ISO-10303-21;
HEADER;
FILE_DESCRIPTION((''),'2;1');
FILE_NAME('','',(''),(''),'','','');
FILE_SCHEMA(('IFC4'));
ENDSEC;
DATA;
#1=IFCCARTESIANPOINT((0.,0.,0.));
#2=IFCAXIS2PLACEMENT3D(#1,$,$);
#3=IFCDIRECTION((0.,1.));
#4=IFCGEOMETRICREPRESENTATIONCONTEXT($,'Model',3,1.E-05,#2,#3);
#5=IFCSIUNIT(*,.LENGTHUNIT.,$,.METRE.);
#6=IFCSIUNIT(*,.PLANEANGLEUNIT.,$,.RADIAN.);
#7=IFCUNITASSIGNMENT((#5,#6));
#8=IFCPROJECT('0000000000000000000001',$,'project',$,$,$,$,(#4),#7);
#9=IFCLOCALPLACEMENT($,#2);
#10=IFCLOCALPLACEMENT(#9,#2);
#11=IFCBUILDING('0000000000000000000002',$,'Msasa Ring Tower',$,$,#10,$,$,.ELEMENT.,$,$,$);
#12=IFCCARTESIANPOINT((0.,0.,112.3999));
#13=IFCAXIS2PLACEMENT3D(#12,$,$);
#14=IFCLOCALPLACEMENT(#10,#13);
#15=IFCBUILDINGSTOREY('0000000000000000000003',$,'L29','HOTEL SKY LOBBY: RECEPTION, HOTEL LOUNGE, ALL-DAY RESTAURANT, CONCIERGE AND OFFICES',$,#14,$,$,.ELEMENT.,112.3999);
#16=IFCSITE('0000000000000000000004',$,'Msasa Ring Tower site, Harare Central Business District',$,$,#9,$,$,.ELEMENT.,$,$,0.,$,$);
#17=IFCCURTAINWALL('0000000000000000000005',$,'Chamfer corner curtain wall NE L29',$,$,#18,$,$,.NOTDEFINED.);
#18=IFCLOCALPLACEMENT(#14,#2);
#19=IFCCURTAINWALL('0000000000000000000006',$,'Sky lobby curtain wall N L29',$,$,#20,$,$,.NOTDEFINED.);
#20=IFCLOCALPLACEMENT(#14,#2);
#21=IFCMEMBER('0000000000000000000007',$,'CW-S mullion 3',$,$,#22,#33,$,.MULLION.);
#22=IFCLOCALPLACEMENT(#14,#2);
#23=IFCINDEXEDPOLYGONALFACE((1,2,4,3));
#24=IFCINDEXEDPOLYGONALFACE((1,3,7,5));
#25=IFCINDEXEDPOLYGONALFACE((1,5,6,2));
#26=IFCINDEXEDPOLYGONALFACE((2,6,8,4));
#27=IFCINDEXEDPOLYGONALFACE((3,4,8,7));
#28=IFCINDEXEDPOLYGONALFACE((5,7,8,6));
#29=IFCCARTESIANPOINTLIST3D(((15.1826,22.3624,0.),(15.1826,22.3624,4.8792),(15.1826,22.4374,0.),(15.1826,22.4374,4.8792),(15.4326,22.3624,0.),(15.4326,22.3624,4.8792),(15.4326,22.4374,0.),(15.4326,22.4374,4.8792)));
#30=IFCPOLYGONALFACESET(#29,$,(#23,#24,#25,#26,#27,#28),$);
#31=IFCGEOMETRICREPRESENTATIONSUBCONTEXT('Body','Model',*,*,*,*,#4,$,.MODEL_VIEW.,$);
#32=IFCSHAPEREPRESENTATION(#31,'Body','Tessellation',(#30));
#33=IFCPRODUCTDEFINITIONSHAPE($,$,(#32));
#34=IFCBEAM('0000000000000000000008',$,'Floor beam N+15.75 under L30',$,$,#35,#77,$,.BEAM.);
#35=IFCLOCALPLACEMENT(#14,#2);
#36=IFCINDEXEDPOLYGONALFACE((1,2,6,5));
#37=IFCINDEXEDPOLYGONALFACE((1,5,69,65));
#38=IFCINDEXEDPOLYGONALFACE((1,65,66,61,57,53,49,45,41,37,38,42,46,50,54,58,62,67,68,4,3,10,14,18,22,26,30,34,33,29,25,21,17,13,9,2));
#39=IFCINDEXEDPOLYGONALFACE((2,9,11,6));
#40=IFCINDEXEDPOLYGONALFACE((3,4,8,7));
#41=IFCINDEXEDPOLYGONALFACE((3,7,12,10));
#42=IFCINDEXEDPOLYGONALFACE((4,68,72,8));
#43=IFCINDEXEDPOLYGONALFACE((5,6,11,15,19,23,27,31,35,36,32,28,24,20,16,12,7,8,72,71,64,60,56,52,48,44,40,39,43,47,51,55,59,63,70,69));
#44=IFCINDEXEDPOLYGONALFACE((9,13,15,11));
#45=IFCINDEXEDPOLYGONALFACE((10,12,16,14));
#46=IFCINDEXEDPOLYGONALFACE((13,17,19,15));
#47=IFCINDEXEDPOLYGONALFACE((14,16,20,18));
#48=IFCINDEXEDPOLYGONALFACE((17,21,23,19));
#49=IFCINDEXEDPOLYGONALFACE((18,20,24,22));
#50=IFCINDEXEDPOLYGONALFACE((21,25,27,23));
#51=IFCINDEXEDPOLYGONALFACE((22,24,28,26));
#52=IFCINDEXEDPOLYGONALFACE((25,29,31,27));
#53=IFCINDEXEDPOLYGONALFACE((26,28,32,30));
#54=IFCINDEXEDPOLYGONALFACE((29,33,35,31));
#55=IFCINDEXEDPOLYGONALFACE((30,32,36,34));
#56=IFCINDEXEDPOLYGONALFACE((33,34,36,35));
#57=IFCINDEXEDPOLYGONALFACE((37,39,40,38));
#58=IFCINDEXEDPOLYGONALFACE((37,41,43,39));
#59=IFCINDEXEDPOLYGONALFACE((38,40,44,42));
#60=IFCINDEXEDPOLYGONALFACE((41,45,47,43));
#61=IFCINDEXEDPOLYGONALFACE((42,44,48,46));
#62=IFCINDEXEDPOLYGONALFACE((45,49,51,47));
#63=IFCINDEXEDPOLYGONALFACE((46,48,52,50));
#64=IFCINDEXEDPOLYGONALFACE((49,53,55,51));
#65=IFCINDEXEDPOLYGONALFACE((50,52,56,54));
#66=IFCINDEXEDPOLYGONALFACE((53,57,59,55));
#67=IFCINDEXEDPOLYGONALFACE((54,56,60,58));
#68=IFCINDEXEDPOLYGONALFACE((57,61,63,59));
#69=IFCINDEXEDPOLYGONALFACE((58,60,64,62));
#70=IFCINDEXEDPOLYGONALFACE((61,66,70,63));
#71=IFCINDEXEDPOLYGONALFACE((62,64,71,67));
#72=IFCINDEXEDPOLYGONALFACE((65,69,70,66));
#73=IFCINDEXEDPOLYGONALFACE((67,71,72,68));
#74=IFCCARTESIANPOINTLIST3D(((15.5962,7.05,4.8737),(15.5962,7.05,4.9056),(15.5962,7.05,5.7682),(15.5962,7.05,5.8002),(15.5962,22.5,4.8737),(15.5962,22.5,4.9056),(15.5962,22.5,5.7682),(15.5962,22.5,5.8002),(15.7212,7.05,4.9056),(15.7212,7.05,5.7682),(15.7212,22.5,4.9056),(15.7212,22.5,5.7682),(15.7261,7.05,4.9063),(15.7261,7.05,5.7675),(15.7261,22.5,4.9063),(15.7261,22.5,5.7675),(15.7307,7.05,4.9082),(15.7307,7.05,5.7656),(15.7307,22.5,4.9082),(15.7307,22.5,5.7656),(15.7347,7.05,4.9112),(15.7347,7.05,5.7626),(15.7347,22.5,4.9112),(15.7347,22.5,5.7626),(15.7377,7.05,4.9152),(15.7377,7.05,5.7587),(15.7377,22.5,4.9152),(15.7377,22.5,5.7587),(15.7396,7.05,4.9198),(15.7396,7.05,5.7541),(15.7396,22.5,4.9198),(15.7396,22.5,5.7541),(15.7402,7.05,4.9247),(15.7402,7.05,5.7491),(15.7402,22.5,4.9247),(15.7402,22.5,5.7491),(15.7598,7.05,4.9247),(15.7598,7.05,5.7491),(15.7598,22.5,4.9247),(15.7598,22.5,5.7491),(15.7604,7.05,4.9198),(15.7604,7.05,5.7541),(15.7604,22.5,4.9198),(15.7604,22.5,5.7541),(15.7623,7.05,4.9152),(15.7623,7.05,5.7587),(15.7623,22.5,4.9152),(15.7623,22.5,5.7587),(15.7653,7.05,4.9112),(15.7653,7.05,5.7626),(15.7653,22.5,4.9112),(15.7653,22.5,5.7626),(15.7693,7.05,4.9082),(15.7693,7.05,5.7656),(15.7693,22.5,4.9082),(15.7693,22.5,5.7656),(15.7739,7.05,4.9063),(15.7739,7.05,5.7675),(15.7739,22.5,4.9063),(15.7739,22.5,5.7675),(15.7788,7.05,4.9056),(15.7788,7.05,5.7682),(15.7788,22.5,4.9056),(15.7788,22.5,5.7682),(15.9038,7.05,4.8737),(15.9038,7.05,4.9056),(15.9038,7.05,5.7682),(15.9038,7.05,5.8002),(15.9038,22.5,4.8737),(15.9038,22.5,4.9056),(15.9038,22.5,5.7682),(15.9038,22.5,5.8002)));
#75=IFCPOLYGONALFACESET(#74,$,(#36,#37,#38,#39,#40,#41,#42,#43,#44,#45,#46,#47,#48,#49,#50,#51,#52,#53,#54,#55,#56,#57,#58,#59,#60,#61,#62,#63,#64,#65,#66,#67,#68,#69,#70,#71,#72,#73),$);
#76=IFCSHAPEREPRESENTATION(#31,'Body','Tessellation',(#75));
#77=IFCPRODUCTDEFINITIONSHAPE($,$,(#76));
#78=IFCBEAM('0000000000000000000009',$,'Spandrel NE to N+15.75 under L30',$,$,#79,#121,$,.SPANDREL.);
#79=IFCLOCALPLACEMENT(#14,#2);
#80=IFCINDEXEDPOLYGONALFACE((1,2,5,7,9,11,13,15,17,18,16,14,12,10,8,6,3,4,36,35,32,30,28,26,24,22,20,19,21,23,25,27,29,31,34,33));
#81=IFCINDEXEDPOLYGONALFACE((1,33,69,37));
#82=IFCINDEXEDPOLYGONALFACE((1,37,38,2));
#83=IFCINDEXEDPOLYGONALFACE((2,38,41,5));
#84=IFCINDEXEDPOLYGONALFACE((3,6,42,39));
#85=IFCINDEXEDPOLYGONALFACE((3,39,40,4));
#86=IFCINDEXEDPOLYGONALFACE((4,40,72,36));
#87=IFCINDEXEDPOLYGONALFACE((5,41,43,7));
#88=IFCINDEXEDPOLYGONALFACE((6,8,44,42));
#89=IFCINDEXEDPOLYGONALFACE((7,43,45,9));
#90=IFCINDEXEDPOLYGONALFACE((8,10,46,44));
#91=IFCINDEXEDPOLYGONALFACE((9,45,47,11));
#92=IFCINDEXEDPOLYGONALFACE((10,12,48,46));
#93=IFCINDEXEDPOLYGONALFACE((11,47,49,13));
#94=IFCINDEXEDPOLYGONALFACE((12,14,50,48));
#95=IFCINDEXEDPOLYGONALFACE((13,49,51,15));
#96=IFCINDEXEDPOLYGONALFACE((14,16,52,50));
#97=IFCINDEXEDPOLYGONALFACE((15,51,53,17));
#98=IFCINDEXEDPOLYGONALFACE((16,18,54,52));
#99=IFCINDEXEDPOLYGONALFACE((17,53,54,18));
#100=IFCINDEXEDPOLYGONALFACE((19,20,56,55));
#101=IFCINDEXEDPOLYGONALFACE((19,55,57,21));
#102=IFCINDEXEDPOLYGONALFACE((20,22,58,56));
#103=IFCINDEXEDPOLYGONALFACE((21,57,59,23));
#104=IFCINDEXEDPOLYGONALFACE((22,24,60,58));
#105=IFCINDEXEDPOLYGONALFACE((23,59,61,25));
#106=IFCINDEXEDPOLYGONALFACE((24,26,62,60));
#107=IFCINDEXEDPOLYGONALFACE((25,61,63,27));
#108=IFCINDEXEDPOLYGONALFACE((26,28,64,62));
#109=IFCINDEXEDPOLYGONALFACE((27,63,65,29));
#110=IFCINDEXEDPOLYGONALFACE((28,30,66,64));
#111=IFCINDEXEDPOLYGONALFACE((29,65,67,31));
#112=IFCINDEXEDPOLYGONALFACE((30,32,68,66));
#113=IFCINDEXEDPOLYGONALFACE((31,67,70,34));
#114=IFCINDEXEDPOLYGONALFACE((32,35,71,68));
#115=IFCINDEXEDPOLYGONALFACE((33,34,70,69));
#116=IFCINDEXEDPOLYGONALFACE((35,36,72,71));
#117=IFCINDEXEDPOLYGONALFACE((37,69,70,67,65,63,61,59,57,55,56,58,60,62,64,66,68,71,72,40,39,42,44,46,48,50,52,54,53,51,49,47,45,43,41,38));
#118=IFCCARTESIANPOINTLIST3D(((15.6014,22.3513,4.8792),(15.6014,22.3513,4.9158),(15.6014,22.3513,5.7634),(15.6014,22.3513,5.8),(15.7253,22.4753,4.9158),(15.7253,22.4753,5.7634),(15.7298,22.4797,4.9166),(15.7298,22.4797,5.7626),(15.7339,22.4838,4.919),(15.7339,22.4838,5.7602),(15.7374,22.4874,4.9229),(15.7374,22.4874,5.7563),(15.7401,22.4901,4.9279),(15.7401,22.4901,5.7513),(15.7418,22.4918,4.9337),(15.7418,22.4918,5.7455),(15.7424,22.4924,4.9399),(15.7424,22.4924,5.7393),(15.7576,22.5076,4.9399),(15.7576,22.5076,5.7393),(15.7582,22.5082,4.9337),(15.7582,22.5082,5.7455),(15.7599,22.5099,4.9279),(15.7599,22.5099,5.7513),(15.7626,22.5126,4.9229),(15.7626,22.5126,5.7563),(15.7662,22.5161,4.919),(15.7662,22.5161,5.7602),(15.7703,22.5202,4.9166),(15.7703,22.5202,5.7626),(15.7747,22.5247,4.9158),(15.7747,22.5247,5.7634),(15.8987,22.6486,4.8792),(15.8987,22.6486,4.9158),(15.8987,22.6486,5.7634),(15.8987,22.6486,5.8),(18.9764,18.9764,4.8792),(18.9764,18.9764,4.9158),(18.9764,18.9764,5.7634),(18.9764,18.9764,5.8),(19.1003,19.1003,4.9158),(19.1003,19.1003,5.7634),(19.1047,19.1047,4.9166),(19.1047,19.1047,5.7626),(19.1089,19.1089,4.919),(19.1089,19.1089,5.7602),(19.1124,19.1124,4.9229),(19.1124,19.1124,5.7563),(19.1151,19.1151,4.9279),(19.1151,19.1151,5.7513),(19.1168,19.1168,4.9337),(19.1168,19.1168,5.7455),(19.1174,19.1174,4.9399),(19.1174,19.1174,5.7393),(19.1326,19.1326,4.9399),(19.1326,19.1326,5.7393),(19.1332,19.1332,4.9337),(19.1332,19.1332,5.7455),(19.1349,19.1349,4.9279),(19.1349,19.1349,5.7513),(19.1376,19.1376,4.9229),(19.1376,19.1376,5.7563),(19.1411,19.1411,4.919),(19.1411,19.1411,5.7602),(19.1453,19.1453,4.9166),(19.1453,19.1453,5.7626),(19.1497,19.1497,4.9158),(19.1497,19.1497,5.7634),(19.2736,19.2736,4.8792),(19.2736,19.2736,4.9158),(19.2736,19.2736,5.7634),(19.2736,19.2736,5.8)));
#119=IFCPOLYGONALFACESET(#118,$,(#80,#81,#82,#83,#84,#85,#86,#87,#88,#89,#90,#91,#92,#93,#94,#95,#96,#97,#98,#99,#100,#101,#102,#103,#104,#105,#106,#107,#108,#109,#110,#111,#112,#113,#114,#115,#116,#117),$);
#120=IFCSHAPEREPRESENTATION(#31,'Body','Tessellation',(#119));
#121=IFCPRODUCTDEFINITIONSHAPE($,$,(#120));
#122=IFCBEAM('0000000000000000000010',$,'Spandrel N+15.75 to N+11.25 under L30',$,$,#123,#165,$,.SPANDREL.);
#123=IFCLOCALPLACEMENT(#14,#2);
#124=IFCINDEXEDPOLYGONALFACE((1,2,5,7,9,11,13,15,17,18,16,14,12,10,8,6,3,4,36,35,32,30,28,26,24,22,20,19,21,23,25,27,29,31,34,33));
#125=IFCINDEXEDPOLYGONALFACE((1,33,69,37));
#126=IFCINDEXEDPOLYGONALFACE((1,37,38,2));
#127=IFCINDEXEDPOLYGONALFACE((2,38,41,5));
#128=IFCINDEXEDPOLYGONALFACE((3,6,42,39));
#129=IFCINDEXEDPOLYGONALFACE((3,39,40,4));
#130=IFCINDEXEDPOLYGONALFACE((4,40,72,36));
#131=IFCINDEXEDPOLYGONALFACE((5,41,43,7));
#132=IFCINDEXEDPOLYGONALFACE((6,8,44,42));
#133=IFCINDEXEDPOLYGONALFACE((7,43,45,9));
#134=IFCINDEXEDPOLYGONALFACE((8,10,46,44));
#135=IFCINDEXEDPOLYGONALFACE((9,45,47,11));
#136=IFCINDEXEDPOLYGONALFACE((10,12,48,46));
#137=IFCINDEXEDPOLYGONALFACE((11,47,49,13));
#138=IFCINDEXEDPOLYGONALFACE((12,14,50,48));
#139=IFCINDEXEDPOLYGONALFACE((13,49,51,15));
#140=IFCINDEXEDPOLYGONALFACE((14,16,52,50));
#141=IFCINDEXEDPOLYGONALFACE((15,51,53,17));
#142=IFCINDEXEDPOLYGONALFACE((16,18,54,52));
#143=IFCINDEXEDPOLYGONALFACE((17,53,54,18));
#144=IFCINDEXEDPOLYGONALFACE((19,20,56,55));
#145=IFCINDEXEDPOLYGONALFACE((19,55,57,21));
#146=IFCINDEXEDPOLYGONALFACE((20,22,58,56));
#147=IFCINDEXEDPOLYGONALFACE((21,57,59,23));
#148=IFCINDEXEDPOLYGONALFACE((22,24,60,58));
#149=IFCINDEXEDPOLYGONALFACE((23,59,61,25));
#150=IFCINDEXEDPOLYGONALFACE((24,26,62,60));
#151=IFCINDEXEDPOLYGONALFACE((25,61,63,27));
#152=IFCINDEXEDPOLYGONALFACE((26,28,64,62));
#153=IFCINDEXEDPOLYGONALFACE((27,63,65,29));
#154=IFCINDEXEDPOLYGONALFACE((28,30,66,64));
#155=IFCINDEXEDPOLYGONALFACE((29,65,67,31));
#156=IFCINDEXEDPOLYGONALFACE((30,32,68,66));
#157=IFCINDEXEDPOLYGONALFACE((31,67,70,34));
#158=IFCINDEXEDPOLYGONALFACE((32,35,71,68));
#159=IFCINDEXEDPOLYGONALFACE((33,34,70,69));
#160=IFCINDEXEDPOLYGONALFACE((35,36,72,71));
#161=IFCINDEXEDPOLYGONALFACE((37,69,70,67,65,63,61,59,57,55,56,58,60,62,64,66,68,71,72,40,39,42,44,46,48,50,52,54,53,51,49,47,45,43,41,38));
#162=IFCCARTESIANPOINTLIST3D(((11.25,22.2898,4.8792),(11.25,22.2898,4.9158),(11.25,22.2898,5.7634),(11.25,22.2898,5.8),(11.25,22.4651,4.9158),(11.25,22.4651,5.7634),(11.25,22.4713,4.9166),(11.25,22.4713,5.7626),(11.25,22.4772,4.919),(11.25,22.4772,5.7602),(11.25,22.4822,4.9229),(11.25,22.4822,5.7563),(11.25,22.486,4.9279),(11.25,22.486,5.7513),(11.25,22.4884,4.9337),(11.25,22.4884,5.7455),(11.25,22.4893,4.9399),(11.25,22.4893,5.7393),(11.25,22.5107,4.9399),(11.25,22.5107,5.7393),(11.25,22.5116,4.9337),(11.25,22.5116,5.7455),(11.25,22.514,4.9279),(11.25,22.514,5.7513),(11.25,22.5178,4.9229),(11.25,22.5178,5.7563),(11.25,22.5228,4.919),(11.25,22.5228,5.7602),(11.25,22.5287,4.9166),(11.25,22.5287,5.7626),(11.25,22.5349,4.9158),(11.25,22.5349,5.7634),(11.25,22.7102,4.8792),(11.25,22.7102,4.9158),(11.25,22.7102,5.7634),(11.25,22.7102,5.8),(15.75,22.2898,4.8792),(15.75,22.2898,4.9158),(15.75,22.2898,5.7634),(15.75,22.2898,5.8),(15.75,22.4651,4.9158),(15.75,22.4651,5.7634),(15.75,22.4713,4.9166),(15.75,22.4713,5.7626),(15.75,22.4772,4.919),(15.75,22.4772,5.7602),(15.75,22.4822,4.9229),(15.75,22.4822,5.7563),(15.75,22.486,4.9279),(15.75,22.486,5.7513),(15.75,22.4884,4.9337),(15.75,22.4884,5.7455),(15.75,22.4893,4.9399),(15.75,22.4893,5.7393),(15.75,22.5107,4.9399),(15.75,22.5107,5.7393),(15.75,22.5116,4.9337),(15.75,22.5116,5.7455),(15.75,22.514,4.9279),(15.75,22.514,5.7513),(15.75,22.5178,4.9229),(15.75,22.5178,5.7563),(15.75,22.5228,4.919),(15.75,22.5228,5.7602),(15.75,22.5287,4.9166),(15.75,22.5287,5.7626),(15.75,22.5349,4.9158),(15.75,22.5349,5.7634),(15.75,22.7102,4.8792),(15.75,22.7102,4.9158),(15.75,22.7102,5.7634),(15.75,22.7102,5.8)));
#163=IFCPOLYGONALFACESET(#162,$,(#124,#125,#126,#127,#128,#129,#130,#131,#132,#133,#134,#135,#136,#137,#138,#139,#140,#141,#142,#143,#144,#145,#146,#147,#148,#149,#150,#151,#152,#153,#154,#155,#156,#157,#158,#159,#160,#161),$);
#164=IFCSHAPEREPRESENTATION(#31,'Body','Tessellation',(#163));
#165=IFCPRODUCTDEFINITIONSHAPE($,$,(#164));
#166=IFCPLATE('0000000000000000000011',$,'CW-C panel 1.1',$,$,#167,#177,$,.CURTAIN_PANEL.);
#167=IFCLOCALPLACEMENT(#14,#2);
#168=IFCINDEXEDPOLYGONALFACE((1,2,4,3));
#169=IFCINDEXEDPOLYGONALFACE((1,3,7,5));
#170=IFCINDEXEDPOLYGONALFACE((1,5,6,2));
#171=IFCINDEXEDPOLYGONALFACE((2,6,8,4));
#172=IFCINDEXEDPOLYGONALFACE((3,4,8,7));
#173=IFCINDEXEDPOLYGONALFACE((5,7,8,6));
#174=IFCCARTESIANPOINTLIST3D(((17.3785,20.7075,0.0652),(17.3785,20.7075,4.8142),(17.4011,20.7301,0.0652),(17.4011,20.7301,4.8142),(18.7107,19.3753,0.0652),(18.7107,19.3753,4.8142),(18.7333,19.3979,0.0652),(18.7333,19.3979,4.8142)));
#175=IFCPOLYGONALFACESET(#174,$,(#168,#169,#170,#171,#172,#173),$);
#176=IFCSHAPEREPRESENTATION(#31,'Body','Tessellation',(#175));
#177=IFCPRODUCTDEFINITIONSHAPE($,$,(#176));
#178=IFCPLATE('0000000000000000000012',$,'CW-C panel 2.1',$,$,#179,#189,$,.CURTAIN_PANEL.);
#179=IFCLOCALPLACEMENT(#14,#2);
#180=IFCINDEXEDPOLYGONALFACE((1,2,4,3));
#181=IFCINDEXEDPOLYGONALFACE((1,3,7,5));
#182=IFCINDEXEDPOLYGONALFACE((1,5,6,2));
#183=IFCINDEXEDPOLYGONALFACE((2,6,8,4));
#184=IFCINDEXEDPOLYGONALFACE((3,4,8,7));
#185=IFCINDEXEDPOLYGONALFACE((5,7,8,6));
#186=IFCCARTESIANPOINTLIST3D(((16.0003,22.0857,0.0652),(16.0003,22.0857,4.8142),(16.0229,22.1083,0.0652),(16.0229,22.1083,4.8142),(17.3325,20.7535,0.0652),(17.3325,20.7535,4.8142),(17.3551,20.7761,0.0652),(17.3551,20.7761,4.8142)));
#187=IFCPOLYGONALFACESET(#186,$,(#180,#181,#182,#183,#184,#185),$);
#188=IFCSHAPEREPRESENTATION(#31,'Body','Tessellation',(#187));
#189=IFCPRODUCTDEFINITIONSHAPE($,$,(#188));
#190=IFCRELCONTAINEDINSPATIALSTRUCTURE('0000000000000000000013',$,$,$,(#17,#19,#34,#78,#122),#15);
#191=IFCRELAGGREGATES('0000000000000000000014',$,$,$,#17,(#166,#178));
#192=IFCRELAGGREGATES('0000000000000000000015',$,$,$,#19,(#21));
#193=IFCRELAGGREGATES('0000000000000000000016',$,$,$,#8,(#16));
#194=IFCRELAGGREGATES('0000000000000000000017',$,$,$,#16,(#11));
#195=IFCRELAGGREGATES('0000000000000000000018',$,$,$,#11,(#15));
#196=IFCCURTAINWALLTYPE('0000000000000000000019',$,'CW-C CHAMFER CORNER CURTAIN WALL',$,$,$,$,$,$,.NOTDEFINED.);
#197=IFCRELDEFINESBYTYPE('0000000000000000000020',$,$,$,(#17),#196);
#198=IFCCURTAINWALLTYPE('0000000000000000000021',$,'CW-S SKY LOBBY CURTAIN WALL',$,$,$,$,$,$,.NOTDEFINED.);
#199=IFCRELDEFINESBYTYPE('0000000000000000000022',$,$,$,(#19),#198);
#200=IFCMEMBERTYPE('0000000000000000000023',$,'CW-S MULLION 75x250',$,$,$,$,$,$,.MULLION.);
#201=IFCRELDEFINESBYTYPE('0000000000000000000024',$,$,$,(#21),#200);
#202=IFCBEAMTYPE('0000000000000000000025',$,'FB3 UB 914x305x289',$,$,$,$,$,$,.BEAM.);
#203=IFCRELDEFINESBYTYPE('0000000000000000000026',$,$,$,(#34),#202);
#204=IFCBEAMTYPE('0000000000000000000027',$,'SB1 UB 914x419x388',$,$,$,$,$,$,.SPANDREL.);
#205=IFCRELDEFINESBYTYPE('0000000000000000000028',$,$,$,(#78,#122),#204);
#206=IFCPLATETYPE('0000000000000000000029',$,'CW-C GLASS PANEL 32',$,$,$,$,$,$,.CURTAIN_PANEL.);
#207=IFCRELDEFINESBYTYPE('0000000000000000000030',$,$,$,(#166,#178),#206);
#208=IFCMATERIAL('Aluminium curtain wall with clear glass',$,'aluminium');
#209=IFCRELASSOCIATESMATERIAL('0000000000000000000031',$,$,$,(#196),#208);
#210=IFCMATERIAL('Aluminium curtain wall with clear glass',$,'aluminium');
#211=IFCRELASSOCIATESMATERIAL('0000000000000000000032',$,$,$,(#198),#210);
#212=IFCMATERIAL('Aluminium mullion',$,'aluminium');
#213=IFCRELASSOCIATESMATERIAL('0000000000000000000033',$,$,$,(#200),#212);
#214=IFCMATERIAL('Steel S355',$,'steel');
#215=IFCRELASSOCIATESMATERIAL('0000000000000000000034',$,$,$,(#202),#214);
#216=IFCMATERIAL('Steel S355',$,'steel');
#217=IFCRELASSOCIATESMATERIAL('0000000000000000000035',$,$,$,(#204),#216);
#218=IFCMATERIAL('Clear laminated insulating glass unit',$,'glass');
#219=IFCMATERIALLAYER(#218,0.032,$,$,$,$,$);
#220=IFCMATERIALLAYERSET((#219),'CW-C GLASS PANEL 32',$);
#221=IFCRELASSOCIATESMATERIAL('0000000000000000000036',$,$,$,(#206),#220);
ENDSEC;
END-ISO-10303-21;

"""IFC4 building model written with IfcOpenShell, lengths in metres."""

from ifc_helpers import new_model, si_unit, direction, frame, origin, origin_2d, place, context, subcontext, project, spatial, rectangle, i_section, extrude, material, layer, layer_set, material_profile, profile_set, type_object, element, aggregate, save


model = new_model("IFC4")

# Units and contexts
model_context = context("Model", 3, precision=1e-05, world=origin(), true_north=direction((0.0, 1.0)))
body_context = subcontext(model_context, "Body", "Model", "MODEL_VIEW")
ifc_project = project(units=[si_unit("LENGTHUNIT", "METRE"), si_unit("PLANEANGLEUNIT", "RADIAN")], contexts=[model_context])

# Site, building, storey
site_placement = place(None, origin())
site = spatial("IfcSite", under=ifc_project, at=site_placement, Name="Msasa Ring Tower site, Harare Central Business District", CompositionType="ELEMENT", RefElevation=0.0)
building_placement = place(site_placement, origin())
building = spatial("IfcBuilding", under=site, at=building_placement, Name="Msasa Ring Tower", CompositionType="ELEMENT")
storey_placement = place(building_placement, frame((0.0, 0.0, 112.3999)))
storey = spatial("IfcBuildingStorey", under=building, at=storey_placement, Name="L29", Description="HOTEL SKY LOBBY: RECEPTION, HOTEL LOUNGE, ALL-DAY RESTAURANT, CONCIERGE AND OFFICES", CompositionType="ELEMENT", Elevation=112.3999)

# Curtain wall
ifc_material_1 = material(Name="Aluminium curtain wall with clear glass", Category="aluminium")
curtain_wall_type_1 = type_object("IfcCurtainWallType", Name="CW-C CHAMFER CORNER CURTAIN WALL", PredefinedType="NOTDEFINED", material=ifc_material_1)
curtain_wall_1_placement = place(storey_placement, origin())
curtain_wall_1 = element("IfcCurtainWall", 1, at=curtain_wall_1_placement, inside=storey, type_object=curtain_wall_type_1, Name="Chamfer corner curtain wall NE L29", PredefinedType="NOTDEFINED")

# Curtain wall, member
ifc_material_2 = material(Name="Aluminium curtain wall with clear glass", Category="aluminium")
curtain_wall_type_2 = type_object("IfcCurtainWallType", Name="CW-S SKY LOBBY CURTAIN WALL", PredefinedType="NOTDEFINED", material=ifc_material_2)
curtain_wall_2_placement = place(storey_placement, origin())
curtain_wall_2 = element("IfcCurtainWall", 2, at=curtain_wall_2_placement, inside=storey, type_object=curtain_wall_type_2, Name="Sky lobby curtain wall N L29", PredefinedType="NOTDEFINED")
ifc_material_3 = material(Name="Aluminium mullion", Category="aluminium")
ifc_material_profile_1 = material_profile(ifc_material_3, rectangle(XDim=0.075, YDim=0.25, at=origin_2d()), Name="AL 75x250")
ifc_profile_set_1 = profile_set([ifc_material_profile_1], Name="Aluminium mullion")
member_type_1 = type_object("IfcMemberType", Name="CW-S MULLION 75x250", PredefinedType="MULLION", material=ifc_profile_set_1)
member_1_placement = place(storey_placement, frame((15.3076, 22.3999, 0.0), z_axis=(0.0, 0.0, 1.0), x_axis=(0.0, 1.0, 0.0)))
member_1 = element("IfcMember", 3, at=member_1_placement, type_object=member_type_1, Name="CW-S mullion 3", PredefinedType="MULLION", context=body_context, shape_type="SweptSolid", body=[
    extrude(rectangle(XDim=0.075, YDim=0.25, at=origin_2d()), origin(), (0.0, 0.0, 1.0), 4.8792),
])

# Beams
ifc_material_4 = material(Name="Steel S355", Category="steel")
ifc_material_profile_2 = material_profile(ifc_material_4, i_section(OverallWidth=0.3076, OverallDepth=0.9265, WebThickness=0.0195, FlangeThickness=0.032, FilletRadius=0.019, at=origin_2d()), Name="UB 914x305x289")
ifc_profile_set_2 = profile_set([ifc_material_profile_2], Name="Steel S355")
beam_type_1 = type_object("IfcBeamType", Name="FB3 UB 914x305x289", PredefinedType="BEAM", material=ifc_profile_set_2)
beam_1_placement = place(storey_placement, frame((15.75, 22.5, 5.3369), z_axis=(0.0, -1.0, 0.0), x_axis=(1.0, 0.0, 0.0)))
element("IfcBeam", 4, at=beam_1_placement, inside=storey, type_object=beam_type_1, Name="Floor beam N+15.75 under L30", PredefinedType="BEAM", context=body_context, shape_type="SweptSolid", body=[
    extrude(i_section(OverallWidth=0.3076, OverallDepth=0.9265, WebThickness=0.0195, FlangeThickness=0.032, FilletRadius=0.019, at=origin_2d()), origin(), (0.0, 0.0, 1.0), 15.45),
])
ifc_material_5 = material(Name="Steel S355", Category="steel")
ifc_material_profile_3 = material_profile(ifc_material_5, i_section(OverallWidth=0.4204, OverallDepth=0.9209, WebThickness=0.0215, FlangeThickness=0.0366, FilletRadius=0.0242, at=origin_2d()), Name="UB 914x419x388")
ifc_profile_set_3 = profile_set([ifc_material_profile_3], Name="Steel S355")
beam_type_2 = type_object("IfcBeamType", Name="SB1 UB 914x419x388", PredefinedType="SPANDREL", material=ifc_profile_set_3)
beam_2_placement = place(storey_placement, frame((19.125, 19.125, 5.3396), z_axis=(-0.707107, 0.707107, 0.0), x_axis=(-0.707107, -0.707107, 0.0)))
element("IfcBeam", 5, at=beam_2_placement, inside=storey, type_object=beam_type_2, Name="Spandrel NE to N+15.75 under L30", PredefinedType="SPANDREL", context=body_context, shape_type="SweptSolid", body=[
    extrude(i_section(OverallWidth=0.4204, OverallDepth=0.9209, WebThickness=0.0215, FlangeThickness=0.0366, FilletRadius=0.0242, at=origin_2d()), origin(), (0.0, 0.0, 1.0), 4.7729),
])
beam_3_placement = place(storey_placement, frame((15.75, 22.5, 5.3396), z_axis=(-1.0, 0.0, 0.0), x_axis=(0.0, -1.0, 0.0)))
element("IfcBeam", 6, at=beam_3_placement, inside=storey, type_object=beam_type_2, Name="Spandrel N+15.75 to N+11.25 under L30", PredefinedType="SPANDREL", context=body_context, shape_type="SweptSolid", body=[
    extrude(i_section(OverallWidth=0.4204, OverallDepth=0.9209, WebThickness=0.0215, FlangeThickness=0.0366, FilletRadius=0.0242, at=origin_2d()), origin(), (0.0, 0.0, 1.0), 4.5),
])

# Plates
ifc_material_6 = material(Name="Clear laminated insulating glass unit", Category="glass")
ifc_layer_1 = layer(ifc_material_6, 0.032)
ifc_layer_set_1 = layer_set([ifc_layer_1], Name="CW-C GLASS PANEL 32")
plate_type_1 = type_object("IfcPlateType", Name="CW-C GLASS PANEL 32", PredefinedType="CURTAIN_PANEL", material=ifc_layer_set_1)
plate_1_placement = place(storey_placement, frame((18.0559, 20.0527, 0.0652), z_axis=(0.0, 0.0, 1.0), x_axis=(-0.707107, 0.707107, 0.0)))
plate_1 = element("IfcPlate", 7, at=plate_1_placement, type_object=plate_type_1, Name="CW-C panel 1.1", PredefinedType="CURTAIN_PANEL", context=body_context, shape_type="SweptSolid", body=[
    extrude(rectangle(XDim=1.884, YDim=0.032, at=origin_2d()), origin(), (0.0, 0.0, 1.0), 4.749),
])
plate_2_placement = place(storey_placement, frame((16.6777, 21.4309, 0.0652), z_axis=(0.0, 0.0, 1.0), x_axis=(-0.707107, 0.707107, 0.0)))
plate_2 = element("IfcPlate", 8, at=plate_2_placement, type_object=plate_type_1, Name="CW-C panel 2.1", PredefinedType="CURTAIN_PANEL", context=body_context, shape_type="SweptSolid", body=[
    extrude(rectangle(XDim=1.884, YDim=0.032, at=origin_2d()), origin(), (0.0, 0.0, 1.0), 4.749),
])
aggregate(curtain_wall_1, [plate_1, plate_2])
aggregate(curtain_wall_2, [member_1])

save(model, "model.ifc")
